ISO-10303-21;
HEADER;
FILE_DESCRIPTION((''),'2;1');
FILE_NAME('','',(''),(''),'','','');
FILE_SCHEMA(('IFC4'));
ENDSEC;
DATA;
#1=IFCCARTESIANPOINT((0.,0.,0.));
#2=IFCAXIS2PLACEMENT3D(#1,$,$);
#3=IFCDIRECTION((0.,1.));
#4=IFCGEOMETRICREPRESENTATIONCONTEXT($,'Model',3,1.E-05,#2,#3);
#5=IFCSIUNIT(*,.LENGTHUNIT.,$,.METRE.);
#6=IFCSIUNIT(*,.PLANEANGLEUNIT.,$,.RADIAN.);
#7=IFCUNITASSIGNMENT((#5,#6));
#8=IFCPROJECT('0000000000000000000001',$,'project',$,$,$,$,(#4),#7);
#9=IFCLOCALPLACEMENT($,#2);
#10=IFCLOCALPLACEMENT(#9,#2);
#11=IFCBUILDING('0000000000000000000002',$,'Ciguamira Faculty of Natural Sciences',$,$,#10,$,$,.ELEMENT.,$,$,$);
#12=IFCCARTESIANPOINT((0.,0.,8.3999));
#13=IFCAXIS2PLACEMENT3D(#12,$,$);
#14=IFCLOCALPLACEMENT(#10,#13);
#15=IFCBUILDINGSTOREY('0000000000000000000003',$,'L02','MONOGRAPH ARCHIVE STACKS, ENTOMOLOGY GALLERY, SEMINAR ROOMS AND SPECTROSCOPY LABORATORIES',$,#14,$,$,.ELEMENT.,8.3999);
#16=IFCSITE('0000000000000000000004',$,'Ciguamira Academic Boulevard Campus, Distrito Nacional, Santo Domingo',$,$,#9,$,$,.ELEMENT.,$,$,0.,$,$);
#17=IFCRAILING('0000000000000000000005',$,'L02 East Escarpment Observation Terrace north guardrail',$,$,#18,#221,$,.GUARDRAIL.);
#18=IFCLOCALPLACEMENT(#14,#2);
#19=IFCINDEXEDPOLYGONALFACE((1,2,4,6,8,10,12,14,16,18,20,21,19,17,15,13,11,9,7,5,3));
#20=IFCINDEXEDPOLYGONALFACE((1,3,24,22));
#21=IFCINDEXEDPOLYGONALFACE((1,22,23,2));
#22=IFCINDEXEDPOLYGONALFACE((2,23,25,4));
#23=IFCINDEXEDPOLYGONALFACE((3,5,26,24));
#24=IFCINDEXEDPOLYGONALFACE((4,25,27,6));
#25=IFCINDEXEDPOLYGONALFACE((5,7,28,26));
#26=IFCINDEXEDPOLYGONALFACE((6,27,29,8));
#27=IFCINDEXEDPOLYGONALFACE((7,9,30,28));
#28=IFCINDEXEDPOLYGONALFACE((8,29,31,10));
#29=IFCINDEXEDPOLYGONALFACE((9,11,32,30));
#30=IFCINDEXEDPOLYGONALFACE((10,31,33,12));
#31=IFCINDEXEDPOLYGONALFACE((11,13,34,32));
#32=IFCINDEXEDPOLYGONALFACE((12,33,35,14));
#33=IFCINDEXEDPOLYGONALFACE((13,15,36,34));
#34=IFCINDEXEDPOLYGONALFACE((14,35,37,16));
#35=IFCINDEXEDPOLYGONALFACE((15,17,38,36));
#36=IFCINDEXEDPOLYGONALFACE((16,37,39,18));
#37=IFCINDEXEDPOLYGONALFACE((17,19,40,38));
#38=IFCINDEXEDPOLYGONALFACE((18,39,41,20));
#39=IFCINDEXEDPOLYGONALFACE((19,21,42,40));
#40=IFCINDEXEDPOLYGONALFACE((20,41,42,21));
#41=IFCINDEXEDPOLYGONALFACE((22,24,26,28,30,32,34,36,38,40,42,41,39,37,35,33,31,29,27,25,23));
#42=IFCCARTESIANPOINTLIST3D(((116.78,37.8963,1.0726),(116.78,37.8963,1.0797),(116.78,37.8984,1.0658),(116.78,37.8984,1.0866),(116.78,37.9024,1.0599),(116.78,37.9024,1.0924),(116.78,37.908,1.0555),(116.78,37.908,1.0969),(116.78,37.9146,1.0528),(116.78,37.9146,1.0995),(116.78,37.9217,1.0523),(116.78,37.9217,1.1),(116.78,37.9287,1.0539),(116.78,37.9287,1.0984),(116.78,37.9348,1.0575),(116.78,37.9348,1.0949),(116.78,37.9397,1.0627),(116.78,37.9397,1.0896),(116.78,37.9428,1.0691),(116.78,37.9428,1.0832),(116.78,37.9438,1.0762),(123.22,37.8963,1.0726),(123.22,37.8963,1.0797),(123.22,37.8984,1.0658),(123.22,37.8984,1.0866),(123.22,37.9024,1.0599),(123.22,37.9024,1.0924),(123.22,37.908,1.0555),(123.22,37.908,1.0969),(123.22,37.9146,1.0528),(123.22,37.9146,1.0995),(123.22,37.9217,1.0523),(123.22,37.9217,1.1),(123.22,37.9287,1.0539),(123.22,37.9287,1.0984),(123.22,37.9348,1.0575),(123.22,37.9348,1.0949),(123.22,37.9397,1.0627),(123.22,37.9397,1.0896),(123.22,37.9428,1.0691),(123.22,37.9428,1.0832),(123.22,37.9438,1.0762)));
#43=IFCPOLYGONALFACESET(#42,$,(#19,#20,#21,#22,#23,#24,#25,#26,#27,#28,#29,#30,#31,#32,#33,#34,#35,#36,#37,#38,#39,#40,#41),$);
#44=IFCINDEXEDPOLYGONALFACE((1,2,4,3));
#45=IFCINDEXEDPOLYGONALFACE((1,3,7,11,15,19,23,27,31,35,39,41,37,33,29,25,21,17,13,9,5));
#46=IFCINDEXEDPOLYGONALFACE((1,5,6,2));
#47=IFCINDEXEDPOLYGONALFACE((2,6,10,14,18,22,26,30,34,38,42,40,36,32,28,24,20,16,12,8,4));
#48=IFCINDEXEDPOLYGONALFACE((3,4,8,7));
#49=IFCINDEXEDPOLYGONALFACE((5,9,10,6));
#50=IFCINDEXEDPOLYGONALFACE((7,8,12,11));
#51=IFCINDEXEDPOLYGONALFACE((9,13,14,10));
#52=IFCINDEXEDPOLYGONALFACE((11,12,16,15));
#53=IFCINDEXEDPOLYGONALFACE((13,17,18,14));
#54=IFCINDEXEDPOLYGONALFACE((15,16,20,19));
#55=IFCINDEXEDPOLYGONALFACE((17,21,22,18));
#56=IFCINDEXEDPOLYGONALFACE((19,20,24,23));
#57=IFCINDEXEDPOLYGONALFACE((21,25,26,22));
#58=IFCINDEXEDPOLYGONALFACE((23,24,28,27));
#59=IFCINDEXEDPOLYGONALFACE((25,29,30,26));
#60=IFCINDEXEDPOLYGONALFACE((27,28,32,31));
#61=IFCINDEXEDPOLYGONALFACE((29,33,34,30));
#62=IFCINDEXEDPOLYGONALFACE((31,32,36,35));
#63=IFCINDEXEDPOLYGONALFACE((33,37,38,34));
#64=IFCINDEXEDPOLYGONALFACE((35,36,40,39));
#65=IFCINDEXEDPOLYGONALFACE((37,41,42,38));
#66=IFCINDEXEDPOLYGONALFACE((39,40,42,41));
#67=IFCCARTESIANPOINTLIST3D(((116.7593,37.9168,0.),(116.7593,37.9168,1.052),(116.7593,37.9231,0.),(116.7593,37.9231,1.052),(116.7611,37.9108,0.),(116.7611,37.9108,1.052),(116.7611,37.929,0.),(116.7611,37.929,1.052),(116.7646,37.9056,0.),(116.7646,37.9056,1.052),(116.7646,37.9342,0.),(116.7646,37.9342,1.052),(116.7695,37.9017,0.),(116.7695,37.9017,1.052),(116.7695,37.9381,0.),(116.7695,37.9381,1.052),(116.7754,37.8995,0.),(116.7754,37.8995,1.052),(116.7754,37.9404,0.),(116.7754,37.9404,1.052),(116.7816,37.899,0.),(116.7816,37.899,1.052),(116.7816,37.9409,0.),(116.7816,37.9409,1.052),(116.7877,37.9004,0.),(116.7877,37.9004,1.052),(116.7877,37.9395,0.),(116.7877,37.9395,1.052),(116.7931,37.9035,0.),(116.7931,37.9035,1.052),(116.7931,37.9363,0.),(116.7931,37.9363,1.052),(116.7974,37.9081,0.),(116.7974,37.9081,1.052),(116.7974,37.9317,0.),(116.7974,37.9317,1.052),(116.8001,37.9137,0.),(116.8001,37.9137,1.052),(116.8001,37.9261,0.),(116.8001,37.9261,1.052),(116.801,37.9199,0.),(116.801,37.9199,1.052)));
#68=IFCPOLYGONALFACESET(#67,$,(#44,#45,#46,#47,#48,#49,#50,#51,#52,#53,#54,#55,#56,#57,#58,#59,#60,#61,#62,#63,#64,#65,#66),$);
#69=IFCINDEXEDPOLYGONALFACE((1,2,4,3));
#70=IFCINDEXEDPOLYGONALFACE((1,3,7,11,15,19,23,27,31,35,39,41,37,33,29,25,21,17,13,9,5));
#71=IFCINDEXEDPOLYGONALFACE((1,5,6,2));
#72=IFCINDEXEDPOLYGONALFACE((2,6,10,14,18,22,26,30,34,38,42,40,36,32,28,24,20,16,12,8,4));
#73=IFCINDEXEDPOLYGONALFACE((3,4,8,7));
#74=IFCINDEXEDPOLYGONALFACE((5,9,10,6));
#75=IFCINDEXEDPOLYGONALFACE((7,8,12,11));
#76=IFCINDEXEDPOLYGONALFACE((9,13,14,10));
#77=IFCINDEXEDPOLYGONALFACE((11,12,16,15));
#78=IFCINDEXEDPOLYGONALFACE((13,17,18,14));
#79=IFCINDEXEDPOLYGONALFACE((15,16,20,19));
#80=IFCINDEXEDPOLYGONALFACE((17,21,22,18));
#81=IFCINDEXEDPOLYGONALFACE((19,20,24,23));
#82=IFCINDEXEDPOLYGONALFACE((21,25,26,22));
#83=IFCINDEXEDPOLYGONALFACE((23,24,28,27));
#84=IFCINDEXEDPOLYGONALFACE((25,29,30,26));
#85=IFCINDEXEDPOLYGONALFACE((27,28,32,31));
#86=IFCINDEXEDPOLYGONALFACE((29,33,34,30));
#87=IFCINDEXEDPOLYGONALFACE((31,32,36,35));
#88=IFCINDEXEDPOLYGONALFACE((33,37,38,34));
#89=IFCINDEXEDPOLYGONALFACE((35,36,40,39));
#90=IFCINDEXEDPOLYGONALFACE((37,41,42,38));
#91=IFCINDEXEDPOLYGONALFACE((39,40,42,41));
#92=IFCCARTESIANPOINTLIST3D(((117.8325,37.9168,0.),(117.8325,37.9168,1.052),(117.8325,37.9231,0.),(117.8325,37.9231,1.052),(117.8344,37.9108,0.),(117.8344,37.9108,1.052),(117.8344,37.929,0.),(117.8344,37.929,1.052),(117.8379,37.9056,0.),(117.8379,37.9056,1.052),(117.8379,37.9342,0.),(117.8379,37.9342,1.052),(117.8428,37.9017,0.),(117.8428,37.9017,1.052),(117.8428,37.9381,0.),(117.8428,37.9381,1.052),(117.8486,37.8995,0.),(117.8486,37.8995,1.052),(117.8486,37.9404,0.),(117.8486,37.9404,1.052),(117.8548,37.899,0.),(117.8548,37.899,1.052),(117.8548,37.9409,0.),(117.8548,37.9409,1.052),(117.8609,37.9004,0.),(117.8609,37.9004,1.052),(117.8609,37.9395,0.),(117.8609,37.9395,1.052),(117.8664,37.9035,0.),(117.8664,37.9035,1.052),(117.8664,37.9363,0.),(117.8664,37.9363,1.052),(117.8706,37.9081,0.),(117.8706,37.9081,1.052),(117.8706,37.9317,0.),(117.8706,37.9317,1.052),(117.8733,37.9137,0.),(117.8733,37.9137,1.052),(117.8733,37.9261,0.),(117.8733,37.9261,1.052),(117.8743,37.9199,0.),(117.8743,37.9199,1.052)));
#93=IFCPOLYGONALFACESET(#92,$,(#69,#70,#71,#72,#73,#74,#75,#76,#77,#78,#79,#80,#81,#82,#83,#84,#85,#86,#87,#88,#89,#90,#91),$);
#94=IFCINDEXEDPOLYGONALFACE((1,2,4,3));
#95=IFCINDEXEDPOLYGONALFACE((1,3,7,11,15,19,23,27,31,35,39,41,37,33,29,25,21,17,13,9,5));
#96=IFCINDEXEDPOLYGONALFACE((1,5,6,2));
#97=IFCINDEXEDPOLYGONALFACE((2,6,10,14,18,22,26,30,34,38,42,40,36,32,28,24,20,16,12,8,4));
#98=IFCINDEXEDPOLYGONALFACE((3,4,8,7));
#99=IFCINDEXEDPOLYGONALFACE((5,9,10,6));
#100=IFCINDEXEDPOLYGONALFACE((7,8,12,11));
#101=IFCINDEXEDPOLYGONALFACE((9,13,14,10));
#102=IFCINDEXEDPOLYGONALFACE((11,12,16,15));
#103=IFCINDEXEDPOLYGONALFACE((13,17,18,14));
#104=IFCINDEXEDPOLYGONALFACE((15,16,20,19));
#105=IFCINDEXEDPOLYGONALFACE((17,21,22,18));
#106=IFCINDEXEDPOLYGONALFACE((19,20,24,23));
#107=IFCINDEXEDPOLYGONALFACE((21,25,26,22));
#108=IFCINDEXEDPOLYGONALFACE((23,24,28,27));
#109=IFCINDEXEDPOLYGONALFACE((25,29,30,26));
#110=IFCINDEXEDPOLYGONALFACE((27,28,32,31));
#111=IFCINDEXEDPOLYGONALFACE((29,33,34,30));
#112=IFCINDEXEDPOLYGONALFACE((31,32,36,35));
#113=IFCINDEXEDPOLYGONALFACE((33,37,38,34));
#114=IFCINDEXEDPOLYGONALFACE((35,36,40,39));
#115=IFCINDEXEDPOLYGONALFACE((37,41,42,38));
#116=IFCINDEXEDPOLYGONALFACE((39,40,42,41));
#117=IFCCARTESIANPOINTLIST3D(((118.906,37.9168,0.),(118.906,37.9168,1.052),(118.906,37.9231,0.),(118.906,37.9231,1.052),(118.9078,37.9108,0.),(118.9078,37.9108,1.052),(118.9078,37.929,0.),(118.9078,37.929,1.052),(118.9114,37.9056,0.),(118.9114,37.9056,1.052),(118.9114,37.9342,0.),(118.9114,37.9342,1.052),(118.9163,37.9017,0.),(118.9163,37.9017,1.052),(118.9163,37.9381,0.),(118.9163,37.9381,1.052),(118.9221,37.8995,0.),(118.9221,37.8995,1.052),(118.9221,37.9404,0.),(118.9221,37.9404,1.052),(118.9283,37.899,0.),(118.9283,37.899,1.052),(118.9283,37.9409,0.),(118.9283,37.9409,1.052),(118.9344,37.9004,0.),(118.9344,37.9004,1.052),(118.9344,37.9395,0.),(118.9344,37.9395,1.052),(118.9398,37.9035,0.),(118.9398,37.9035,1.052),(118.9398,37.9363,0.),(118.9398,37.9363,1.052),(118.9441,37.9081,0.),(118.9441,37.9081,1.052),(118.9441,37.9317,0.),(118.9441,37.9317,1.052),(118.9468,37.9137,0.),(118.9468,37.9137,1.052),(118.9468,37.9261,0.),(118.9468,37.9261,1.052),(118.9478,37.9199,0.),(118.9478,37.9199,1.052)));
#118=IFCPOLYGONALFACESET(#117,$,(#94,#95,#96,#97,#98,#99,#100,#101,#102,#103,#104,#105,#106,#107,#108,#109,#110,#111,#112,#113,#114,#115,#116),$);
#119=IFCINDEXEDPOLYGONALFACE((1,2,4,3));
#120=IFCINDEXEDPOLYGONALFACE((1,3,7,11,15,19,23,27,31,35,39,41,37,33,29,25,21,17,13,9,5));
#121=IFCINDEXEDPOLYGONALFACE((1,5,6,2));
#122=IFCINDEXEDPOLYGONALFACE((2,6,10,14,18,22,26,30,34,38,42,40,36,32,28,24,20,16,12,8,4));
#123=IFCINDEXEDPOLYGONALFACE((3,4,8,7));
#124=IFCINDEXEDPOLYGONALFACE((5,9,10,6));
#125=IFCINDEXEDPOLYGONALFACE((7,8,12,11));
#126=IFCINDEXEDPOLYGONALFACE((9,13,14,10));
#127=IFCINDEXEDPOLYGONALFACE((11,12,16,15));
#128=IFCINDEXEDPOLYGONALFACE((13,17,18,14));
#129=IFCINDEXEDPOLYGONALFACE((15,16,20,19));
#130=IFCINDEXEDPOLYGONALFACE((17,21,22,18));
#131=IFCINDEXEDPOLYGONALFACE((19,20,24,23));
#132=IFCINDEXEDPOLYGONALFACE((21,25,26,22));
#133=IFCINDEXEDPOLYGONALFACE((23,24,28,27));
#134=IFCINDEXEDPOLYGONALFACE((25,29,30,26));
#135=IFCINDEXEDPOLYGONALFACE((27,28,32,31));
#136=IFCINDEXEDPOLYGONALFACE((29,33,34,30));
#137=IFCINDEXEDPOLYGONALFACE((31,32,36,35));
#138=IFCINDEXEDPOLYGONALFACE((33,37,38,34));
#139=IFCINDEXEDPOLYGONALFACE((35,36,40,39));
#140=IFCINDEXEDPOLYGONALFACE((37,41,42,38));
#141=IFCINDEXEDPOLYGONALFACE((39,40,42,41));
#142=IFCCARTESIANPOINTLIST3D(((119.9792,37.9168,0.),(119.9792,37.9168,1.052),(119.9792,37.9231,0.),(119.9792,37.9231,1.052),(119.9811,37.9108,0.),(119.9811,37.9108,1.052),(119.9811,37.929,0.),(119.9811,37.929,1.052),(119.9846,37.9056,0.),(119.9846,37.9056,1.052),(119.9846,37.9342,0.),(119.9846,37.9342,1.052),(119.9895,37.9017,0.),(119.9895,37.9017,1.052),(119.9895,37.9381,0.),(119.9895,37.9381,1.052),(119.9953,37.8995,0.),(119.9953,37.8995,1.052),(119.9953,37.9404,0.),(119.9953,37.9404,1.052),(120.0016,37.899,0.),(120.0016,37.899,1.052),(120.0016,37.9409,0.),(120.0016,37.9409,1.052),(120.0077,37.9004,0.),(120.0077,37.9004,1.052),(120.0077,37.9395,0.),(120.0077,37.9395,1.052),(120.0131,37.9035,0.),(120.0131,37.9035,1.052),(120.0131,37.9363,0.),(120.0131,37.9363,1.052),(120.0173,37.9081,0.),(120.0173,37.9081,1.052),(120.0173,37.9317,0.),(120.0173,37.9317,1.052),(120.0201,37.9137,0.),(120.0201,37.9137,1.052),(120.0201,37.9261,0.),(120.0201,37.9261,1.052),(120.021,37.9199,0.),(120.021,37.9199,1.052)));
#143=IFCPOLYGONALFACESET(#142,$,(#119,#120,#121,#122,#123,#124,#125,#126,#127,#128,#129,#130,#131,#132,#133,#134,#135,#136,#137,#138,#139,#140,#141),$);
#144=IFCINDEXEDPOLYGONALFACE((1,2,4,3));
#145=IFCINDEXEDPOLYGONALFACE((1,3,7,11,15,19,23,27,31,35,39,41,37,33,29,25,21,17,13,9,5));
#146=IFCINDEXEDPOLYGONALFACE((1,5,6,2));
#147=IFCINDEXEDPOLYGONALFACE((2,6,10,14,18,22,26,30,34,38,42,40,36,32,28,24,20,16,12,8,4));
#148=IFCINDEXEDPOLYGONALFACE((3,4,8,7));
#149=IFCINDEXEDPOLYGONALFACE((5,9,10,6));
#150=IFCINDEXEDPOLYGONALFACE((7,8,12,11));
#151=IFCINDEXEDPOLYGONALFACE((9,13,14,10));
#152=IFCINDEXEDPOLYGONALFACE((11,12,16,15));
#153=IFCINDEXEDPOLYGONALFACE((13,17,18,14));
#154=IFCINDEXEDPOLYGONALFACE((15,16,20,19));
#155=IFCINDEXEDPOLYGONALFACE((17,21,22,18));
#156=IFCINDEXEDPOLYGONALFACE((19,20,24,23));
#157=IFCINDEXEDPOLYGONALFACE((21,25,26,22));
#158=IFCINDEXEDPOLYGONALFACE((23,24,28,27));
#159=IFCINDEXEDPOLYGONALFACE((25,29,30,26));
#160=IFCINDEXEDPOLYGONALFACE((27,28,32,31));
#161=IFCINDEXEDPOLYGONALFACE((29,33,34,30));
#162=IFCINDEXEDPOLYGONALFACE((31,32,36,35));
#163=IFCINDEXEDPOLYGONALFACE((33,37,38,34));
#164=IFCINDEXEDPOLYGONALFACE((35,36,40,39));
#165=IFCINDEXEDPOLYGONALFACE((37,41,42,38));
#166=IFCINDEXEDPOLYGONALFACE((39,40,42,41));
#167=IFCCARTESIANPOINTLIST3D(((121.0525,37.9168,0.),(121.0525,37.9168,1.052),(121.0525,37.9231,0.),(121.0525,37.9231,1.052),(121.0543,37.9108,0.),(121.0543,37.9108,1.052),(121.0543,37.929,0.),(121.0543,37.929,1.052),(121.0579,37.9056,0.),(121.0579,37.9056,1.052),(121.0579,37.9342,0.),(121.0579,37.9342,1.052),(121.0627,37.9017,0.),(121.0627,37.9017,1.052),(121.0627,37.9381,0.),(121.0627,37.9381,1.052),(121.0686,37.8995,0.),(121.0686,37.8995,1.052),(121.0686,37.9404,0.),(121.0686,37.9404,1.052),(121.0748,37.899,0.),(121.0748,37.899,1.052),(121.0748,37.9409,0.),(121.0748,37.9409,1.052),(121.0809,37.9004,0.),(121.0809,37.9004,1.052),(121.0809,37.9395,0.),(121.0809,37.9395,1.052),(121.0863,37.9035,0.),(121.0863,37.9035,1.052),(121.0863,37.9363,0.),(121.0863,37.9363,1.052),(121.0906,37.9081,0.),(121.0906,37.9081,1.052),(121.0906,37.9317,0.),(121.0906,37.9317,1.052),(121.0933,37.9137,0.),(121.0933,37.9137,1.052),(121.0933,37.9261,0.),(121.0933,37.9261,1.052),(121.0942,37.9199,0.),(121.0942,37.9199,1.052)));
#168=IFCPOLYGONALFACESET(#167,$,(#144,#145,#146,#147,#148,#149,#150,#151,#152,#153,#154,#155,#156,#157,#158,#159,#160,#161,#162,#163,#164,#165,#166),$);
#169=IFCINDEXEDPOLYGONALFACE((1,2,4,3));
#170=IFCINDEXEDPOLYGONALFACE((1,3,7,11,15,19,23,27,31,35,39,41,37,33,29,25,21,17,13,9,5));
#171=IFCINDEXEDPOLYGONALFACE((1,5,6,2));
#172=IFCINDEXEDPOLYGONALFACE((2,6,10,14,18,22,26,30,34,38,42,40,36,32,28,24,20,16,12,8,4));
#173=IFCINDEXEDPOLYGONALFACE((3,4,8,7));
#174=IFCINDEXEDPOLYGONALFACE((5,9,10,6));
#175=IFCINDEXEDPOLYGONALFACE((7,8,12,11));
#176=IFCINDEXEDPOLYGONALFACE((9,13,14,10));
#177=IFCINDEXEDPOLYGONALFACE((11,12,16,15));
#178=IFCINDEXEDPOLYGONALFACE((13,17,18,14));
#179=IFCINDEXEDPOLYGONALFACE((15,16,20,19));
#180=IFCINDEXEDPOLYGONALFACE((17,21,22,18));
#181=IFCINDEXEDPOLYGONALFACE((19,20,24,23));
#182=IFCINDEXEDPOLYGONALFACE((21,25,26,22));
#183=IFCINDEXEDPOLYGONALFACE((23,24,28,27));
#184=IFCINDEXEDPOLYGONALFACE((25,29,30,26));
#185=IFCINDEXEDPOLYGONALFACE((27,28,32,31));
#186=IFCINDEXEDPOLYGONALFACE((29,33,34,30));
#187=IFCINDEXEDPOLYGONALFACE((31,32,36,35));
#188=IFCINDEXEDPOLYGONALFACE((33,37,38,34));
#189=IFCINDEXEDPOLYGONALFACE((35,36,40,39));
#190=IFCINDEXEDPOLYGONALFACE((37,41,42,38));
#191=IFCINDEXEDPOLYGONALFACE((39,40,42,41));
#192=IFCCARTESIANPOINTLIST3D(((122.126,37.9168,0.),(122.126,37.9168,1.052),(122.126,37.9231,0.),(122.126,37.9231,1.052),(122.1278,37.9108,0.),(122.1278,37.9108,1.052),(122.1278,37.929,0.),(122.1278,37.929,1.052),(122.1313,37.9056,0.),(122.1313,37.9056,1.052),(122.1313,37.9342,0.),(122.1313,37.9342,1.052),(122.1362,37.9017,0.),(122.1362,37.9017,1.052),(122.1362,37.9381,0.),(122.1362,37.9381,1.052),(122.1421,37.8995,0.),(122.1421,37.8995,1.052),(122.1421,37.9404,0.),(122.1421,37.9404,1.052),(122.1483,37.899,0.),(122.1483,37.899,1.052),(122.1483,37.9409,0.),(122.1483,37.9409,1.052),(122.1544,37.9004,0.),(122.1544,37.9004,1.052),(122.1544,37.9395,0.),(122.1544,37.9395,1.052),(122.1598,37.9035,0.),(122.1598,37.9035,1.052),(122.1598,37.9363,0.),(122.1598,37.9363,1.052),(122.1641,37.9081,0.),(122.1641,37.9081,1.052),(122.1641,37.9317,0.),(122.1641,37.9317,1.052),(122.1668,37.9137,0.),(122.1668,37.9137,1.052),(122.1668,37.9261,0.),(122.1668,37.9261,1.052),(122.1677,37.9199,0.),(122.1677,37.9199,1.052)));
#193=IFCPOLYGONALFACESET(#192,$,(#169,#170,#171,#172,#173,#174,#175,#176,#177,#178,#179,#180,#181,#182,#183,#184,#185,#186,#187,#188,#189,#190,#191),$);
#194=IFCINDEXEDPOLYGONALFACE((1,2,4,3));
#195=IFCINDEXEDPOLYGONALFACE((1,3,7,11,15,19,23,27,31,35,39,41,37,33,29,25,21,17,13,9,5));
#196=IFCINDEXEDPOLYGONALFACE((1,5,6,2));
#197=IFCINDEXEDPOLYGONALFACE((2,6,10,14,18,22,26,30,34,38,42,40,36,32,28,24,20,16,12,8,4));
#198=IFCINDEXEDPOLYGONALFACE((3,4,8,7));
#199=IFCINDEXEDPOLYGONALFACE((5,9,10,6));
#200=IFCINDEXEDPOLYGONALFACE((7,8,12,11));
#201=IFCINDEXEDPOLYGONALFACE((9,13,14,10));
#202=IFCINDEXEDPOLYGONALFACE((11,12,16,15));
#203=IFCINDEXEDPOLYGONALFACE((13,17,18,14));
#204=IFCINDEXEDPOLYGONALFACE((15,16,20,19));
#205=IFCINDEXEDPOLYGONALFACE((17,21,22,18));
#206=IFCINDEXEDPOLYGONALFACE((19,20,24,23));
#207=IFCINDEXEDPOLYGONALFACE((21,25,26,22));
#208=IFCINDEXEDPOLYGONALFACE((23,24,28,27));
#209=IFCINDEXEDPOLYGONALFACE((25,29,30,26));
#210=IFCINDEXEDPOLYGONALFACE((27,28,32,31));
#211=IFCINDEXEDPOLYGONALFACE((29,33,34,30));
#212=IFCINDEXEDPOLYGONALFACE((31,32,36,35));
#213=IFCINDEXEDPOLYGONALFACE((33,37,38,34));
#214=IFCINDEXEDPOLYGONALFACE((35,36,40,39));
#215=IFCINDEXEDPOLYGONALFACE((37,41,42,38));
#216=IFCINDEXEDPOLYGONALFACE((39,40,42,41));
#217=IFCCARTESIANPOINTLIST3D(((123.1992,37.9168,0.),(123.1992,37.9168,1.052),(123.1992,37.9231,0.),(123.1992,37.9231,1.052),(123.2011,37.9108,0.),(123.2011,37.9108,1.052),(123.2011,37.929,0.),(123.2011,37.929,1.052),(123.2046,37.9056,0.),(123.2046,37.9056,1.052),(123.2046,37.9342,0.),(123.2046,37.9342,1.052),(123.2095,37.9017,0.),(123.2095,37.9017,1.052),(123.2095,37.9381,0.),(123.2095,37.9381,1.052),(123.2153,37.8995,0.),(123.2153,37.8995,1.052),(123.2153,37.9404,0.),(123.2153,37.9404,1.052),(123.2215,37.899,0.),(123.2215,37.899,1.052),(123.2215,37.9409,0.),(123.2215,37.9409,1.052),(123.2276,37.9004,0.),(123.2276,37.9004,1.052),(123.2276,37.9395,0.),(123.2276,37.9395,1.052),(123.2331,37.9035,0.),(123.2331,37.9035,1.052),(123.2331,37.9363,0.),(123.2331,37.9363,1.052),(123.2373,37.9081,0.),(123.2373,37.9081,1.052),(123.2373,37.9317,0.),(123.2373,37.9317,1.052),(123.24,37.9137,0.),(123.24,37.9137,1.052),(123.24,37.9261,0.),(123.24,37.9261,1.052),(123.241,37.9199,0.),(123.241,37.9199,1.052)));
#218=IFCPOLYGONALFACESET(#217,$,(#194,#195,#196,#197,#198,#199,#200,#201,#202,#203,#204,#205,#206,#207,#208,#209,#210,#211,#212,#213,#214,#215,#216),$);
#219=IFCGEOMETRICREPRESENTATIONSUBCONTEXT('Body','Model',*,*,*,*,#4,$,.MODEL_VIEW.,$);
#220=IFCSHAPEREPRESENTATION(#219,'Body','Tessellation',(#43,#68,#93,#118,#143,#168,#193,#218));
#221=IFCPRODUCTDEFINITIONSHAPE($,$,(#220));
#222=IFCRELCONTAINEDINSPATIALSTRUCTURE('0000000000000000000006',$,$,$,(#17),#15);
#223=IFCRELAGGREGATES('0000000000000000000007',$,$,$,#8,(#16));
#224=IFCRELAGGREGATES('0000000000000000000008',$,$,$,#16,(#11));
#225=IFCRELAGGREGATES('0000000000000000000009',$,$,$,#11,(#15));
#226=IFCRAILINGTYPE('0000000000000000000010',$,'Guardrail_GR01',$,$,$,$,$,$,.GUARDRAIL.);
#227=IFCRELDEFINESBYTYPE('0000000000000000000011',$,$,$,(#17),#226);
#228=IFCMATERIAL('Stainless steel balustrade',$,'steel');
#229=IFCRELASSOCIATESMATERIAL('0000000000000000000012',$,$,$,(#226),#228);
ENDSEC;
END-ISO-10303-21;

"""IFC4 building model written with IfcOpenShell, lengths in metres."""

from ifc_helpers import new_model, si_unit, direction, frame, origin, origin_2d, place, context, subcontext, project, spatial, circle, extrude, material, type_object, element, save


model = new_model("IFC4")

# Units and contexts
model_context = context("Model", 3, precision=1e-05, world=origin(), true_north=direction((0.0, 1.0)))
body_context = subcontext(model_context, "Body", "Model", "MODEL_VIEW")
ifc_project = project(units=[si_unit("LENGTHUNIT", "METRE"), si_unit("PLANEANGLEUNIT", "RADIAN")], contexts=[model_context])

# Site, building, storey
site_placement = place(None, origin())
site = spatial("IfcSite", under=ifc_project, at=site_placement, Name="Ciguamira Academic Boulevard Campus, Distrito Nacional, Santo Domingo", CompositionType="ELEMENT", RefElevation=0.0)
building_placement = place(site_placement, origin())
building = spatial("IfcBuilding", under=site, at=building_placement, Name="Ciguamira Faculty of Natural Sciences", CompositionType="ELEMENT")
storey_placement = place(building_placement, frame((0.0, 0.0, 8.3999)))
storey = spatial("IfcBuildingStorey", under=building, at=storey_placement, Name="L02", Description="MONOGRAPH ARCHIVE STACKS, ENTOMOLOGY GALLERY, SEMINAR ROOMS AND SPECTROSCOPY LABORATORIES", CompositionType="ELEMENT", Elevation=8.3999)

# Railing
ifc_material_1 = material(Name="Stainless steel balustrade", Category="steel")
railing_type = type_object("IfcRailingType", Name="Guardrail_GR01", PredefinedType="GUARDRAIL", material=ifc_material_1)
railing_placement = place(storey_placement, frame((116.78, 37.9199, 0.0)))
element("IfcRailing", 1, at=railing_placement, inside=storey, type_object=railing_type, Name="L02 East Escarpment Observation Terrace north guardrail", PredefinedType="GUARDRAIL", context=body_context, shape_type="SweptSolid", body=[
    extrude(circle(Radius=0.0239, at=origin_2d()), frame((0.0, 0.0, 1.0762), z_axis=(1.0, 0.0, 0.0), x_axis=(0.0, 1.0, 0.0)), (0.0, 0.0, 1.0), 6.4399),
    extrude(circle(Radius=0.021, at=origin_2d()), origin(), (0.0, 0.0, 1.0), 1.052),
    extrude(circle(Radius=0.021, at=origin_2d()), frame((1.0732, 0.0, 0.0)), (0.0, 0.0, 1.0), 1.052),
    extrude(circle(Radius=0.021, at=origin_2d()), frame((2.1467, 0.0, 0.0)), (0.0, 0.0, 1.0), 1.052),
    extrude(circle(Radius=0.021, at=origin_2d()), frame((3.22, 0.0, 0.0)), (0.0, 0.0, 1.0), 1.052),
    extrude(circle(Radius=0.021, at=origin_2d()), frame((4.2932, 0.0, 0.0)), (0.0, 0.0, 1.0), 1.052),
    extrude(circle(Radius=0.021, at=origin_2d()), frame((5.3667, 0.0, 0.0)), (0.0, 0.0, 1.0), 1.052),
    extrude(circle(Radius=0.021, at=origin_2d()), frame((6.4399, 0.0, 0.0)), (0.0, 0.0, 1.0), 1.052),
])

save(model, "model.ifc")
